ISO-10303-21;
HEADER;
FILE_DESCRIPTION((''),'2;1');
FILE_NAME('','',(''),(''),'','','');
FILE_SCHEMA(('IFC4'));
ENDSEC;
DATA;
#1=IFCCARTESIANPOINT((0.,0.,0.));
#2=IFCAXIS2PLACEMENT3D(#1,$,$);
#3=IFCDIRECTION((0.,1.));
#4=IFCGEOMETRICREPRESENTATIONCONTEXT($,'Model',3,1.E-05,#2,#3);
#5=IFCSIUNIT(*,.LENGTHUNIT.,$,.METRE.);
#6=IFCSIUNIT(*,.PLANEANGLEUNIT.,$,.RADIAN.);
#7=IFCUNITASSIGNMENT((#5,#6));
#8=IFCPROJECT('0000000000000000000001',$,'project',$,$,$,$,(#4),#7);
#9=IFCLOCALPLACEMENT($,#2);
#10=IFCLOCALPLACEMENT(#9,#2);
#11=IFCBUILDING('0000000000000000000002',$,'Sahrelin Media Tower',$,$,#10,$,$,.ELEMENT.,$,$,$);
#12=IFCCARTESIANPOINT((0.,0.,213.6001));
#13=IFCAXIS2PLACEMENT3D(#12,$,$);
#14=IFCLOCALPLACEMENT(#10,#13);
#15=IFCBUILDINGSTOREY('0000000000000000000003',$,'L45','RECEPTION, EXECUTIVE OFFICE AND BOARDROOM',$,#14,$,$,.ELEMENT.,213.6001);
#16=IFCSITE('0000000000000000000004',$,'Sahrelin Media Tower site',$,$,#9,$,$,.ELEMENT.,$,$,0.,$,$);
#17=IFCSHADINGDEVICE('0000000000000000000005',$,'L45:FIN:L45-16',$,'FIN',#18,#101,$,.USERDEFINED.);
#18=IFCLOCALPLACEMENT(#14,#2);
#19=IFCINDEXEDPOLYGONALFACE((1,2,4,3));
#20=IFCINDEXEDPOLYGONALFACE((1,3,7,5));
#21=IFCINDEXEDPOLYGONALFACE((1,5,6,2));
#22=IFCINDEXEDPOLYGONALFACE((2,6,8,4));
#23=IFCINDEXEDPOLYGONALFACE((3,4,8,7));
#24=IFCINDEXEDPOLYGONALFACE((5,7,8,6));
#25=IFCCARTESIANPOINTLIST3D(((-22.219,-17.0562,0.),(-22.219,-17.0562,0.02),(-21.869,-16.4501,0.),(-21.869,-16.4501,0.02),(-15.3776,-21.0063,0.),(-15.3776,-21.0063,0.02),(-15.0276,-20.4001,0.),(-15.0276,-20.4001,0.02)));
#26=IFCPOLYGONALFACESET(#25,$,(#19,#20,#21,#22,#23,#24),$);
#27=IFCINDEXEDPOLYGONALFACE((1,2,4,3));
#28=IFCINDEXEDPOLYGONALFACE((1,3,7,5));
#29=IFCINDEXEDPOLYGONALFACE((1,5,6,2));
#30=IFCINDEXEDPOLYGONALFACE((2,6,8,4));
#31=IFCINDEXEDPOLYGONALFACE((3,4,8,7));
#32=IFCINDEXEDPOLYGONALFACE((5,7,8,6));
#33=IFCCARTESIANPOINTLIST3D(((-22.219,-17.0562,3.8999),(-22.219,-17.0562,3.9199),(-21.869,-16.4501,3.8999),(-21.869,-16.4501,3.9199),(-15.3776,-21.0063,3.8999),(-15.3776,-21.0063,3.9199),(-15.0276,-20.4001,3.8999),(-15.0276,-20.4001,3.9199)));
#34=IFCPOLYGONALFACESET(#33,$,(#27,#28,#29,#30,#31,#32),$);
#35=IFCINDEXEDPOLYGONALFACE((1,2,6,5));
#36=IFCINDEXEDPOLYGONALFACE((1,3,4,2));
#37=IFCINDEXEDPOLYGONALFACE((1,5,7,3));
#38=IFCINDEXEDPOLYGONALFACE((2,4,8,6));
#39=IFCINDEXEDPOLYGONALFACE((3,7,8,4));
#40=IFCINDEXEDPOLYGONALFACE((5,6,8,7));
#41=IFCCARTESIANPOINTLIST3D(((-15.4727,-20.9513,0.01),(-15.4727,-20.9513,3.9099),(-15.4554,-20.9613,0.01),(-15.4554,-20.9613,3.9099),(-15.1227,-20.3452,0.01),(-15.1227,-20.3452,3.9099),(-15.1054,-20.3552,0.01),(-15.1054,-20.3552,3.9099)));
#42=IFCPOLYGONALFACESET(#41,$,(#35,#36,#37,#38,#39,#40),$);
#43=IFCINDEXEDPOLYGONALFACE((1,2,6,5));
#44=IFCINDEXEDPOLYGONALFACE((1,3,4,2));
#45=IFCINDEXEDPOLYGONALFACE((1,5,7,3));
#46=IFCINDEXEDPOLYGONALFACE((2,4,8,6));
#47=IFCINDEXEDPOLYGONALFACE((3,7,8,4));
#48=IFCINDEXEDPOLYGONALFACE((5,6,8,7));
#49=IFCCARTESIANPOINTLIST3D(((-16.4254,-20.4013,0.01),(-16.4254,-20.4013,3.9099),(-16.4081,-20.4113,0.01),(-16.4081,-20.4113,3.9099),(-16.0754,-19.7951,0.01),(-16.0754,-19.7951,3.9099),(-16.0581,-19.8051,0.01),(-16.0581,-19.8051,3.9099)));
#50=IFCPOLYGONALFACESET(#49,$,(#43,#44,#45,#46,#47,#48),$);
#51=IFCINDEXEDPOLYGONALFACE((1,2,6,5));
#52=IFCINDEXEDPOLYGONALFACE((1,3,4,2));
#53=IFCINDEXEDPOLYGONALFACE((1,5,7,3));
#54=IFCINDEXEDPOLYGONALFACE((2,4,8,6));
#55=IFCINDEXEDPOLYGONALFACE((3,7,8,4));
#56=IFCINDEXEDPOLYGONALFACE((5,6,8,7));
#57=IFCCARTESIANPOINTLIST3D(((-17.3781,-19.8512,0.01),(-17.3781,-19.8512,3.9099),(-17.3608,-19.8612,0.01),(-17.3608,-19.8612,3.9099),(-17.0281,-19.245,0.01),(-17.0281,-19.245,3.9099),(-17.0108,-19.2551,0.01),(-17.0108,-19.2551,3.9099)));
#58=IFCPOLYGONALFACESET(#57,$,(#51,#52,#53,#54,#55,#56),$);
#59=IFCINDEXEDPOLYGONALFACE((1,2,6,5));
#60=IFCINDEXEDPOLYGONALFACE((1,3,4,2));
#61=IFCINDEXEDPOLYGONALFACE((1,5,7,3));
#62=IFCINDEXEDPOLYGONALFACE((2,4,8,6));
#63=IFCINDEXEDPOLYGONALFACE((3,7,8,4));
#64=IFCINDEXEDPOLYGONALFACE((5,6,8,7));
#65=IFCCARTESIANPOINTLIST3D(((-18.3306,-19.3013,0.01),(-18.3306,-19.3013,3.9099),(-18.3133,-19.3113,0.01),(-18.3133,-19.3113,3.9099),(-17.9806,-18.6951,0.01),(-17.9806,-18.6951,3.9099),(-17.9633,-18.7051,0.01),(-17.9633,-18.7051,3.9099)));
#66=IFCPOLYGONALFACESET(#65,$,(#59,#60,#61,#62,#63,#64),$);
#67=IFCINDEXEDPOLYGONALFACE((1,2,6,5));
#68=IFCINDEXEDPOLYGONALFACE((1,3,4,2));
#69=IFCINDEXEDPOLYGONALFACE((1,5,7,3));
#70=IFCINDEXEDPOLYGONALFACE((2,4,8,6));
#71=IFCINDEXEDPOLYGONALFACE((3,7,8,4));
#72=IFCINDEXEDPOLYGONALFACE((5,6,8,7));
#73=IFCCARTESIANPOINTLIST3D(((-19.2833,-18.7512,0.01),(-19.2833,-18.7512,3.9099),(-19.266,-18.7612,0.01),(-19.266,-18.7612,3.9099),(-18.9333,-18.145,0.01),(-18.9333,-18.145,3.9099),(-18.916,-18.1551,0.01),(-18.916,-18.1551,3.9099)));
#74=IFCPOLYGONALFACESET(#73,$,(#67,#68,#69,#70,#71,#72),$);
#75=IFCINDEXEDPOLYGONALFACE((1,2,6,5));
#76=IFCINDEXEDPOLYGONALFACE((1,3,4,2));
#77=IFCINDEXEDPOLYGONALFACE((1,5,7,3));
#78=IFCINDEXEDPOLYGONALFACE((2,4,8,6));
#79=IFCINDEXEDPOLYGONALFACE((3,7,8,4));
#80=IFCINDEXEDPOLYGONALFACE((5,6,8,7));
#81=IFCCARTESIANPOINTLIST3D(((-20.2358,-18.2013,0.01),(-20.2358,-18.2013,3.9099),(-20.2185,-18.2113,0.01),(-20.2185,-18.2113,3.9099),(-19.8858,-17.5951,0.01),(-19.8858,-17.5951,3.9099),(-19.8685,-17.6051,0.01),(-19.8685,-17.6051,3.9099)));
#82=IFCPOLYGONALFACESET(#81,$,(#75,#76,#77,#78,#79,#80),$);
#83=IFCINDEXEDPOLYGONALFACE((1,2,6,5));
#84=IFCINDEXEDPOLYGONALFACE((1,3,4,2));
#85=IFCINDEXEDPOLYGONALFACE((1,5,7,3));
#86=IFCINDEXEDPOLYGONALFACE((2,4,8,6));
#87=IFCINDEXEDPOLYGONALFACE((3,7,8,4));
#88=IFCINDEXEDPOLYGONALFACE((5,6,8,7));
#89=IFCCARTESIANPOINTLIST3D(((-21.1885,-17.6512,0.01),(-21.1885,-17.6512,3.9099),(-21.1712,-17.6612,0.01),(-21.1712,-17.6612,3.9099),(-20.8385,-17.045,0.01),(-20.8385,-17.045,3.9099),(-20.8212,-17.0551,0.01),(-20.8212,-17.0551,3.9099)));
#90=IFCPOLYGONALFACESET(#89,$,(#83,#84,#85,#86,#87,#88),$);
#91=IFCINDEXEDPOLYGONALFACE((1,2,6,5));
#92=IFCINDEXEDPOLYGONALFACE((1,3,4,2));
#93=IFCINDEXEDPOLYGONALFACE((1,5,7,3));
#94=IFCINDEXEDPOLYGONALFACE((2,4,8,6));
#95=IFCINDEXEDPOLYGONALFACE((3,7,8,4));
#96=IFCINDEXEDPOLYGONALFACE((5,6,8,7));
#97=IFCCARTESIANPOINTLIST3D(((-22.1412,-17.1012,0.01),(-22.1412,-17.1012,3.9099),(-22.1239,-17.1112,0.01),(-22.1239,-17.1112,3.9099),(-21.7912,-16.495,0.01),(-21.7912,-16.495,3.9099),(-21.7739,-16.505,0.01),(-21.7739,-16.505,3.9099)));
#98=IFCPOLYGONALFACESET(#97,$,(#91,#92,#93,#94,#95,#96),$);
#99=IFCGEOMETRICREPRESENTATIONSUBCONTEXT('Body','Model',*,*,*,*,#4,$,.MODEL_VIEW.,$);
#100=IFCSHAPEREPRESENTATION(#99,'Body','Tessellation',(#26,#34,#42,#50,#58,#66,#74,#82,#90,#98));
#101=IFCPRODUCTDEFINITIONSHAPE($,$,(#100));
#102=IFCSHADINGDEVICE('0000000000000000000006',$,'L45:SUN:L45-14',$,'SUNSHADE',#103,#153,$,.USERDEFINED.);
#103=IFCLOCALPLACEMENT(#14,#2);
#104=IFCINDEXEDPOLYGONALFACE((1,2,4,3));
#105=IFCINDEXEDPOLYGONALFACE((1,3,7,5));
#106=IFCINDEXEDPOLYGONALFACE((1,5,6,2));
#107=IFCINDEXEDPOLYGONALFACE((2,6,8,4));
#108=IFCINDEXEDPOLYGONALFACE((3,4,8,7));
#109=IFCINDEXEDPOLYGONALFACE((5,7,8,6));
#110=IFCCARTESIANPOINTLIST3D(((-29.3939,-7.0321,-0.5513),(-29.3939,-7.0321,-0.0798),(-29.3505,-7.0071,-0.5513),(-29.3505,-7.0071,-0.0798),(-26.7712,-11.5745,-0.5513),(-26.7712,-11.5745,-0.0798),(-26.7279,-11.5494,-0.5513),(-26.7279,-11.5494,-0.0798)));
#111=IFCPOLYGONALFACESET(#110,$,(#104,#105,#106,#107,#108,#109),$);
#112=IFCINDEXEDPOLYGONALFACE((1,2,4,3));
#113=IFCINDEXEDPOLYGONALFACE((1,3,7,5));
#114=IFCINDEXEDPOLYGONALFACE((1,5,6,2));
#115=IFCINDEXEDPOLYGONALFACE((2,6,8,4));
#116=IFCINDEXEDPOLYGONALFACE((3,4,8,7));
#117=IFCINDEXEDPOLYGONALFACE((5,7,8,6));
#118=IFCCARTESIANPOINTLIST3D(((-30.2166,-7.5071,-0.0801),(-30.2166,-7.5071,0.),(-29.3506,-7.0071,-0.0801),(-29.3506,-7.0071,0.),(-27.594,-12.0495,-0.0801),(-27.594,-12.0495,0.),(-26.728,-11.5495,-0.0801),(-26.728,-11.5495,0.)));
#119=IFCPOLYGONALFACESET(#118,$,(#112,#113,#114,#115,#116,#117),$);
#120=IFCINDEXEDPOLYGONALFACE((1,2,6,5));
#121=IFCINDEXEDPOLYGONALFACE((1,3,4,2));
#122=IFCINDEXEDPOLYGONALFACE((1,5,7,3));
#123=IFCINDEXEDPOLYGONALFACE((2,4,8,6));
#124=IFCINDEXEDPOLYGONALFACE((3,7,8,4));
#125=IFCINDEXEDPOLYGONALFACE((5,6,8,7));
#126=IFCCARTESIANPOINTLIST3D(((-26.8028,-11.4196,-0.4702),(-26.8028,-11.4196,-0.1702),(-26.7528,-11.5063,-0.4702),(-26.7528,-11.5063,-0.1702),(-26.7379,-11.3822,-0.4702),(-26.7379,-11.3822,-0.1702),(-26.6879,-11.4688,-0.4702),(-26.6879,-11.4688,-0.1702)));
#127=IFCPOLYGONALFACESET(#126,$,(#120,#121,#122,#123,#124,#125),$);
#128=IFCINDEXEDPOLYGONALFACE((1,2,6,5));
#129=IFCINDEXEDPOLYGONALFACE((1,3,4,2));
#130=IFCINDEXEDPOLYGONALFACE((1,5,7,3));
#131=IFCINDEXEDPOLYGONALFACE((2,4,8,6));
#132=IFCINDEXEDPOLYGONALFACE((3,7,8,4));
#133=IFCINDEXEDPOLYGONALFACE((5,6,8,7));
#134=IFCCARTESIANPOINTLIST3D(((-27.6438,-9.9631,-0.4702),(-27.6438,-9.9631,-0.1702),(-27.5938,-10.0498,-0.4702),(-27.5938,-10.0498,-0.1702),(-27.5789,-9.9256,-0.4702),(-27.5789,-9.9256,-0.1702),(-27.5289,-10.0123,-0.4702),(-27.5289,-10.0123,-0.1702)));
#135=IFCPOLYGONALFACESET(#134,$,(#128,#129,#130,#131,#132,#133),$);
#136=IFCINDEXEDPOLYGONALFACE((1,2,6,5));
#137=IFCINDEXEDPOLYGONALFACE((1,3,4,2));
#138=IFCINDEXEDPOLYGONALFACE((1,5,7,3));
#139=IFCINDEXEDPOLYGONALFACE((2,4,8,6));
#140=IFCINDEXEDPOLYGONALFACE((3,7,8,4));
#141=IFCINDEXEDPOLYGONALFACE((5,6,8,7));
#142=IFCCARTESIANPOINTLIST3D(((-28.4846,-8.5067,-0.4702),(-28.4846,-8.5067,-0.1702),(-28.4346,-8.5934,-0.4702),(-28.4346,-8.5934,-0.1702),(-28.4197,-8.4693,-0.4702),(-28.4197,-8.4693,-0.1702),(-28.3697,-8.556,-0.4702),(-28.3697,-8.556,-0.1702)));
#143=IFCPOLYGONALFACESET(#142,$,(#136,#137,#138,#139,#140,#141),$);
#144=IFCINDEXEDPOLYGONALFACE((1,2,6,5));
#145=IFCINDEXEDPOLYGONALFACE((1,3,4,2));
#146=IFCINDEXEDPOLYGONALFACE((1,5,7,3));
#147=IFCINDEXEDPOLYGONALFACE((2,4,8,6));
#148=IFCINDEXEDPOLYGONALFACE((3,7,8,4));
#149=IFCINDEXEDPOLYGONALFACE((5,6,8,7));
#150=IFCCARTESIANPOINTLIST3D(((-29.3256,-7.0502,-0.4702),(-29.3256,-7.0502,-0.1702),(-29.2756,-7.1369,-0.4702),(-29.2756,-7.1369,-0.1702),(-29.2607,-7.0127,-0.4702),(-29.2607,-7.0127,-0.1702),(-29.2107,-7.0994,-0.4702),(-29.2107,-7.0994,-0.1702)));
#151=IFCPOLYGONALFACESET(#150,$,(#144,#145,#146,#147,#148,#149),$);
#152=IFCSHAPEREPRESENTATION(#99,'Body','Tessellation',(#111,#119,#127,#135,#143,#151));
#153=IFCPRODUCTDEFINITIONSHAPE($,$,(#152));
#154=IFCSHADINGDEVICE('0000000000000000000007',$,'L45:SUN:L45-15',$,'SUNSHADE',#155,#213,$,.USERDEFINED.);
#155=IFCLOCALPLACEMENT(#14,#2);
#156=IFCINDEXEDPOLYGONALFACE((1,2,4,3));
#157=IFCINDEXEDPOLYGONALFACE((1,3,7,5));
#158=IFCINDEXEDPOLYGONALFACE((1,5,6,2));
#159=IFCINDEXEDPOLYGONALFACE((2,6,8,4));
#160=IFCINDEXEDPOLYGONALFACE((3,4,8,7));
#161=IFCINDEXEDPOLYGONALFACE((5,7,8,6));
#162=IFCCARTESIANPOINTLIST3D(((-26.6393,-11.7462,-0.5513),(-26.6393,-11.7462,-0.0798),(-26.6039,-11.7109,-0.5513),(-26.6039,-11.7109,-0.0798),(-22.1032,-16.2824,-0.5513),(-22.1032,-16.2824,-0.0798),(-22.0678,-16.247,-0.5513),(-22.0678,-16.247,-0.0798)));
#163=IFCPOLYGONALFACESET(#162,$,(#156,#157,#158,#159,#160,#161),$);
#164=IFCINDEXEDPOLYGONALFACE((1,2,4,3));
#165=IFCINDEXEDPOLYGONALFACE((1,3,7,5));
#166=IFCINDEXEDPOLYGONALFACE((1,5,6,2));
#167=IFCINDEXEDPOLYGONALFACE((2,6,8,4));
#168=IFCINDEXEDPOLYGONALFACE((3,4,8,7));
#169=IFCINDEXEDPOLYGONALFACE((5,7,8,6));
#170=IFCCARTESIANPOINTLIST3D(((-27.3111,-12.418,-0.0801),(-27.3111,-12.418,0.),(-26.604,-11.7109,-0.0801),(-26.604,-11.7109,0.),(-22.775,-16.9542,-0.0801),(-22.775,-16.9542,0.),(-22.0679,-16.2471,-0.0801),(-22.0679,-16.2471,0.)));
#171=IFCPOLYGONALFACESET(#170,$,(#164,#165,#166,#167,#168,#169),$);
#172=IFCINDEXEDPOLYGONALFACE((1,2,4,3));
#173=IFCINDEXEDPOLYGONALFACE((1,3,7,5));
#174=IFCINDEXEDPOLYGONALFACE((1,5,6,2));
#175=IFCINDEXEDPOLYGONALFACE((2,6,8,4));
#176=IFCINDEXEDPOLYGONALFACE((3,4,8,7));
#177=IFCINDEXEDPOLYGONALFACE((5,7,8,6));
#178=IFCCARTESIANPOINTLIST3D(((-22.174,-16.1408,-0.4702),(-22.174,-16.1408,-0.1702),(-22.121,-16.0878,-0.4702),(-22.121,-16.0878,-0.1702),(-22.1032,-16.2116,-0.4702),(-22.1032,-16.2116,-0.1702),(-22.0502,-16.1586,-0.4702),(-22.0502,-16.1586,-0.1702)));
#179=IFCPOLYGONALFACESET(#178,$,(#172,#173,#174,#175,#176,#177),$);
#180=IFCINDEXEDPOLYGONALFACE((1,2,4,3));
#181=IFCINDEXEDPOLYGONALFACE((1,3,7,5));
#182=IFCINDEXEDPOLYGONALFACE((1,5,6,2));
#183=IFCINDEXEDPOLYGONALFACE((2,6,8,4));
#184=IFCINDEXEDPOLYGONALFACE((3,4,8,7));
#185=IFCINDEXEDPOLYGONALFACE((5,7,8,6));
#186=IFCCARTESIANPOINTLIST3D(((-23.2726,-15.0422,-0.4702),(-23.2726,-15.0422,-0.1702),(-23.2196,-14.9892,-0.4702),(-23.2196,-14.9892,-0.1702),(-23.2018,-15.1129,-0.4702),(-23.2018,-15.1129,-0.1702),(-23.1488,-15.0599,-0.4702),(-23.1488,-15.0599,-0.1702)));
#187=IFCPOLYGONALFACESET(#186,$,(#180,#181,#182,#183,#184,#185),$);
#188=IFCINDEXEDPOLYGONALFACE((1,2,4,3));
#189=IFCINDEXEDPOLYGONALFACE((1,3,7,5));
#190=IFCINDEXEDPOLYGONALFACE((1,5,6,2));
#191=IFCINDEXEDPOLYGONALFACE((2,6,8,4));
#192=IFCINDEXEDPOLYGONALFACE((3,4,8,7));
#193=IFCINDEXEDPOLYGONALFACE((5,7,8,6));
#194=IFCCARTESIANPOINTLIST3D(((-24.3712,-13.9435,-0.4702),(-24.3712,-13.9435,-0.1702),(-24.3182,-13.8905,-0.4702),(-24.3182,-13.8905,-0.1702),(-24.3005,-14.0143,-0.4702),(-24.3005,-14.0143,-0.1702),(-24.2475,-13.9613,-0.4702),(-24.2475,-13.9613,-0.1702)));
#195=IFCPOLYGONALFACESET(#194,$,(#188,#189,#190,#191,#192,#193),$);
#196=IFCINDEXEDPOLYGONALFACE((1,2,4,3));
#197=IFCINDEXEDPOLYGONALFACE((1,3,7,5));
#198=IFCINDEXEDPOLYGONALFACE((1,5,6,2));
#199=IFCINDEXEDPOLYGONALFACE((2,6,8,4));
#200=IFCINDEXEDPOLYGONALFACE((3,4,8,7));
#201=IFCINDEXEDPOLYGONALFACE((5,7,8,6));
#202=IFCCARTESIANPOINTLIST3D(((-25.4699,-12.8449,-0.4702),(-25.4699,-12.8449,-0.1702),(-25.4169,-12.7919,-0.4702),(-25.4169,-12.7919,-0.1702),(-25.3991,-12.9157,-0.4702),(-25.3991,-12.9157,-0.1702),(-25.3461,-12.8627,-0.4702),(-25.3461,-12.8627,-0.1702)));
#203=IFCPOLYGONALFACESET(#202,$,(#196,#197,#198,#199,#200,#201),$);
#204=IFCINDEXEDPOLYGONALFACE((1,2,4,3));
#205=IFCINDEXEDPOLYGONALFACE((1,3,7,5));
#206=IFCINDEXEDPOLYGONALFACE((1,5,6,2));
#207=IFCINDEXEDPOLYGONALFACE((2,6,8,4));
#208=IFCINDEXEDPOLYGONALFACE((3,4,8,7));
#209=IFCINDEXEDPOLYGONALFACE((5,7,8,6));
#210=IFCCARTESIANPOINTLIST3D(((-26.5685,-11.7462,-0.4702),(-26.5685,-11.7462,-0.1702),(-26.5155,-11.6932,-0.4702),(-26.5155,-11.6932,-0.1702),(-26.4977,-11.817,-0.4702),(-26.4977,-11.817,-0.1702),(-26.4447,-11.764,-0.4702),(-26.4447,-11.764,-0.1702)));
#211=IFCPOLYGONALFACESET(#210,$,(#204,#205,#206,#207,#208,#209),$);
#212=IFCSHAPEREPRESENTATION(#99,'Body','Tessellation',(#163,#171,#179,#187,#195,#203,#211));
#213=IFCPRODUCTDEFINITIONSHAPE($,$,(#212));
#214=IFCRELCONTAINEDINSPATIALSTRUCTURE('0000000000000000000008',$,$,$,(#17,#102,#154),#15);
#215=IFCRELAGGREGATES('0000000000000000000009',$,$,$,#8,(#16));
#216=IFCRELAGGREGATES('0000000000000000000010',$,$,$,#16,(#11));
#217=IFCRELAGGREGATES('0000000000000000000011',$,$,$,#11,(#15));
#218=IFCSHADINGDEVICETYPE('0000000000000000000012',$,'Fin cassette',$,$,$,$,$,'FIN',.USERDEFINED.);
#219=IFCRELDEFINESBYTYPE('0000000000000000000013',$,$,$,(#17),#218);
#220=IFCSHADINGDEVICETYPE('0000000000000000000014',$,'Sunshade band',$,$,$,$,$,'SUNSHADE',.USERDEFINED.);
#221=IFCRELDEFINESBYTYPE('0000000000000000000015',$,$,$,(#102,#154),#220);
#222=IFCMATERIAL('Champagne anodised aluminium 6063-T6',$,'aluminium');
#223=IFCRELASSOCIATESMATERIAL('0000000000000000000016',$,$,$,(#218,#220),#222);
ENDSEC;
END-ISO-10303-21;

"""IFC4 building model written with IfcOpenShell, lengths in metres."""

from ifc_helpers import new_model, si_unit, direction, frame, origin, origin_2d, place, context, subcontext, project, spatial, rectangle, extrude, material, type_object, element, save


model = new_model("IFC4")

# Units and contexts
model_context = context("Model", 3, precision=1e-05, world=origin(), true_north=direction((0.0, 1.0)))
body_context = subcontext(model_context, "Body", "Model", "MODEL_VIEW")
ifc_project = project(units=[si_unit("LENGTHUNIT", "METRE"), si_unit("PLANEANGLEUNIT", "RADIAN")], contexts=[model_context])

# Site, building, storey
site_placement = place(None, origin())
site = spatial("IfcSite", under=ifc_project, at=site_placement, Name="Sahrelin Media Tower site", CompositionType="ELEMENT", RefElevation=0.0)
building_placement = place(site_placement, origin())
building = spatial("IfcBuilding", under=site, at=building_placement, Name="Sahrelin Media Tower", CompositionType="ELEMENT")
storey_placement = place(building_placement, frame((0.0, 0.0, 213.6001)))
storey = spatial("IfcBuildingStorey", under=building, at=storey_placement, Name="L45", Description="RECEPTION, EXECUTIVE OFFICE AND BOARDROOM", CompositionType="ELEMENT", Elevation=213.6001)

# Shared definitions
ifc_material_1 = material(Name="Champagne anodised aluminium 6063-T6", Category="aluminium")

# Shading devices
shading_device_type_1 = type_object("IfcShadingDeviceType", Name="Fin cassette", ElementType="FIN", PredefinedType="USERDEFINED", material=ifc_material_1)
placement_1 = place(storey_placement, frame((-28.022, -9.2683, 0.0), z_axis=(0.0, 0.0, 1.0), x_axis=(-0.500011, 0.866019, 0.0)))
placement_2 = place(storey_placement, frame((-24.3218, -13.9648, 0.0), z_axis=(0.0, 0.0, 1.0), x_axis=(-0.707107, 0.707107, 0.0)))
placement_3 = place(storey_placement, frame((-18.4133, -18.3645, 0.0), z_axis=(0.0, 0.0, 1.0), x_axis=(-0.866019, 0.500011, 0.0)))
element("IfcShadingDevice", 1, at=placement_3, inside=storey, type_object=shading_device_type_1, Name="L45:FIN:L45-16", ObjectType="FIN", PredefinedType="USERDEFINED", context=body_context, shape_type="SweptSolid", body=[
    extrude(rectangle(XDim=7.8999, YDim=0.7, at=origin_2d()), frame((0.0, 0.4199, 0.0)), (0.0, 0.0, 1.0), 0.02),
    extrude(rectangle(XDim=7.8999, YDim=0.7, at=origin_2d()), frame((0.0, 0.4199, 3.8999)), (0.0, 0.0, 1.0), 0.02),
    extrude(rectangle(XDim=0.02, YDim=0.7, at=origin_2d()), frame((-3.8501, 0.4199, 0.01), z_axis=(0.0, 0.0, 1.0), x_axis=(1.0, 0.0, 0.0)), (0.0, 0.0, 1.0), 3.8999),
    extrude(rectangle(XDim=0.02, YDim=0.7, at=origin_2d()), frame((-2.75, 0.4199, 0.01), z_axis=(0.0, 0.0, 1.0), x_axis=(1.0, 0.0, 0.0)), (0.0, 0.0, 1.0), 3.8999),
    extrude(rectangle(XDim=0.02, YDim=0.7, at=origin_2d()), frame((-1.6499, 0.4199, 0.01), z_axis=(0.0, 0.0, 1.0), x_axis=(1.0, 0.0, 0.0)), (0.0, 0.0, 1.0), 3.8999),
    extrude(rectangle(XDim=0.02, YDim=0.7, at=origin_2d()), frame((-0.55, 0.4199, 0.01), z_axis=(0.0, 0.0, 1.0), x_axis=(1.0, 0.0, 0.0)), (0.0, 0.0, 1.0), 3.8999),
    extrude(rectangle(XDim=0.02, YDim=0.7, at=origin_2d()), frame((0.55, 0.4199, 0.01), z_axis=(0.0, 0.0, 1.0), x_axis=(1.0, 0.0, 0.0)), (0.0, 0.0, 1.0), 3.8999),
    extrude(rectangle(XDim=0.02, YDim=0.7, at=origin_2d()), frame((1.6499, 0.4199, 0.01), z_axis=(0.0, 0.0, 1.0), x_axis=(1.0, 0.0, 0.0)), (0.0, 0.0, 1.0), 3.8999),
    extrude(rectangle(XDim=0.02, YDim=0.7, at=origin_2d()), frame((2.75, 0.4199, 0.01), z_axis=(0.0, 0.0, 1.0), x_axis=(1.0, 0.0, 0.0)), (0.0, 0.0, 1.0), 3.8999),
    extrude(rectangle(XDim=0.02, YDim=0.7, at=origin_2d()), frame((3.8501, 0.4199, 0.01), z_axis=(0.0, 0.0, 1.0), x_axis=(1.0, 0.0, 0.0)), (0.0, 0.0, 1.0), 3.8999),
])
shading_device_type_2 = type_object("IfcShadingDeviceType", Name="Sunshade band", ElementType="SUNSHADE", PredefinedType="USERDEFINED", material=ifc_material_1)
element("IfcShadingDevice", 2, at=placement_1, inside=storey, type_object=shading_device_type_2, Name="L45:SUN:L45-14", ObjectType="SUNSHADE", PredefinedType="USERDEFINED", context=body_context, shape_type="SweptSolid", body=[
    extrude(rectangle(XDim=5.2451, YDim=0.05, at=origin_2d()), frame((0.0, 0.0449, -0.5513)), (0.0, 0.0, 1.0), 0.4714),
    extrude(rectangle(XDim=5.2451, YDim=1.0, at=origin_2d()), frame((0.0, 0.52, -0.0801)), (0.0, 0.0, 1.0), 0.0801),
    extrude(rectangle(XDim=0.1001, YDim=0.075, at=origin_2d()), frame((-2.5227, -0.0176, -0.4702)), (0.0, 0.0, 1.0), 0.3),
    extrude(rectangle(XDim=0.1001, YDim=0.075, at=origin_2d()), frame((-0.8408, -0.0176, -0.4702)), (0.0, 0.0, 1.0), 0.3),
    extrude(rectangle(XDim=0.1001, YDim=0.075, at=origin_2d()), frame((0.8408, -0.0176, -0.4702)), (0.0, 0.0, 1.0), 0.3),
    extrude(rectangle(XDim=0.1001, YDim=0.075, at=origin_2d()), frame((2.5227, -0.0176, -0.4702)), (0.0, 0.0, 1.0), 0.3),
])
element("IfcShadingDevice", 3, at=placement_2, inside=storey, type_object=shading_device_type_2, Name="L45:SUN:L45-15", ObjectType="SUNSHADE", PredefinedType="USERDEFINED", context=body_context, shape_type="SweptSolid", body=[
    extrude(rectangle(XDim=6.415, YDim=0.05, at=origin_2d()), frame((0.0, 0.0449, -0.5513)), (0.0, 0.0, 1.0), 0.4714),
    extrude(rectangle(XDim=6.415, YDim=1.0, at=origin_2d()), frame((0.0, 0.52, -0.0801)), (0.0, 0.0, 1.0), 0.0801),
    extrude(rectangle(XDim=0.1001, YDim=0.075, at=origin_2d()), frame((-3.1074, -0.0176, -0.4702)), (0.0, 0.0, 1.0), 0.3),
    extrude(rectangle(XDim=0.1001, YDim=0.075, at=origin_2d()), frame((-1.5537, -0.0176, -0.4702)), (0.0, 0.0, 1.0), 0.3),
    extrude(rectangle(XDim=0.1001, YDim=0.075, at=origin_2d()), frame((0.0, -0.0176, -0.4702)), (0.0, 0.0, 1.0), 0.3),
    extrude(rectangle(XDim=0.1001, YDim=0.075, at=origin_2d()), frame((1.5537, -0.0176, -0.4702)), (0.0, 0.0, 1.0), 0.3),
    extrude(rectangle(XDim=0.1001, YDim=0.075, at=origin_2d()), frame((3.1074, -0.0176, -0.4702)), (0.0, 0.0, 1.0), 0.3),
])

save(model, "model.ifc")
